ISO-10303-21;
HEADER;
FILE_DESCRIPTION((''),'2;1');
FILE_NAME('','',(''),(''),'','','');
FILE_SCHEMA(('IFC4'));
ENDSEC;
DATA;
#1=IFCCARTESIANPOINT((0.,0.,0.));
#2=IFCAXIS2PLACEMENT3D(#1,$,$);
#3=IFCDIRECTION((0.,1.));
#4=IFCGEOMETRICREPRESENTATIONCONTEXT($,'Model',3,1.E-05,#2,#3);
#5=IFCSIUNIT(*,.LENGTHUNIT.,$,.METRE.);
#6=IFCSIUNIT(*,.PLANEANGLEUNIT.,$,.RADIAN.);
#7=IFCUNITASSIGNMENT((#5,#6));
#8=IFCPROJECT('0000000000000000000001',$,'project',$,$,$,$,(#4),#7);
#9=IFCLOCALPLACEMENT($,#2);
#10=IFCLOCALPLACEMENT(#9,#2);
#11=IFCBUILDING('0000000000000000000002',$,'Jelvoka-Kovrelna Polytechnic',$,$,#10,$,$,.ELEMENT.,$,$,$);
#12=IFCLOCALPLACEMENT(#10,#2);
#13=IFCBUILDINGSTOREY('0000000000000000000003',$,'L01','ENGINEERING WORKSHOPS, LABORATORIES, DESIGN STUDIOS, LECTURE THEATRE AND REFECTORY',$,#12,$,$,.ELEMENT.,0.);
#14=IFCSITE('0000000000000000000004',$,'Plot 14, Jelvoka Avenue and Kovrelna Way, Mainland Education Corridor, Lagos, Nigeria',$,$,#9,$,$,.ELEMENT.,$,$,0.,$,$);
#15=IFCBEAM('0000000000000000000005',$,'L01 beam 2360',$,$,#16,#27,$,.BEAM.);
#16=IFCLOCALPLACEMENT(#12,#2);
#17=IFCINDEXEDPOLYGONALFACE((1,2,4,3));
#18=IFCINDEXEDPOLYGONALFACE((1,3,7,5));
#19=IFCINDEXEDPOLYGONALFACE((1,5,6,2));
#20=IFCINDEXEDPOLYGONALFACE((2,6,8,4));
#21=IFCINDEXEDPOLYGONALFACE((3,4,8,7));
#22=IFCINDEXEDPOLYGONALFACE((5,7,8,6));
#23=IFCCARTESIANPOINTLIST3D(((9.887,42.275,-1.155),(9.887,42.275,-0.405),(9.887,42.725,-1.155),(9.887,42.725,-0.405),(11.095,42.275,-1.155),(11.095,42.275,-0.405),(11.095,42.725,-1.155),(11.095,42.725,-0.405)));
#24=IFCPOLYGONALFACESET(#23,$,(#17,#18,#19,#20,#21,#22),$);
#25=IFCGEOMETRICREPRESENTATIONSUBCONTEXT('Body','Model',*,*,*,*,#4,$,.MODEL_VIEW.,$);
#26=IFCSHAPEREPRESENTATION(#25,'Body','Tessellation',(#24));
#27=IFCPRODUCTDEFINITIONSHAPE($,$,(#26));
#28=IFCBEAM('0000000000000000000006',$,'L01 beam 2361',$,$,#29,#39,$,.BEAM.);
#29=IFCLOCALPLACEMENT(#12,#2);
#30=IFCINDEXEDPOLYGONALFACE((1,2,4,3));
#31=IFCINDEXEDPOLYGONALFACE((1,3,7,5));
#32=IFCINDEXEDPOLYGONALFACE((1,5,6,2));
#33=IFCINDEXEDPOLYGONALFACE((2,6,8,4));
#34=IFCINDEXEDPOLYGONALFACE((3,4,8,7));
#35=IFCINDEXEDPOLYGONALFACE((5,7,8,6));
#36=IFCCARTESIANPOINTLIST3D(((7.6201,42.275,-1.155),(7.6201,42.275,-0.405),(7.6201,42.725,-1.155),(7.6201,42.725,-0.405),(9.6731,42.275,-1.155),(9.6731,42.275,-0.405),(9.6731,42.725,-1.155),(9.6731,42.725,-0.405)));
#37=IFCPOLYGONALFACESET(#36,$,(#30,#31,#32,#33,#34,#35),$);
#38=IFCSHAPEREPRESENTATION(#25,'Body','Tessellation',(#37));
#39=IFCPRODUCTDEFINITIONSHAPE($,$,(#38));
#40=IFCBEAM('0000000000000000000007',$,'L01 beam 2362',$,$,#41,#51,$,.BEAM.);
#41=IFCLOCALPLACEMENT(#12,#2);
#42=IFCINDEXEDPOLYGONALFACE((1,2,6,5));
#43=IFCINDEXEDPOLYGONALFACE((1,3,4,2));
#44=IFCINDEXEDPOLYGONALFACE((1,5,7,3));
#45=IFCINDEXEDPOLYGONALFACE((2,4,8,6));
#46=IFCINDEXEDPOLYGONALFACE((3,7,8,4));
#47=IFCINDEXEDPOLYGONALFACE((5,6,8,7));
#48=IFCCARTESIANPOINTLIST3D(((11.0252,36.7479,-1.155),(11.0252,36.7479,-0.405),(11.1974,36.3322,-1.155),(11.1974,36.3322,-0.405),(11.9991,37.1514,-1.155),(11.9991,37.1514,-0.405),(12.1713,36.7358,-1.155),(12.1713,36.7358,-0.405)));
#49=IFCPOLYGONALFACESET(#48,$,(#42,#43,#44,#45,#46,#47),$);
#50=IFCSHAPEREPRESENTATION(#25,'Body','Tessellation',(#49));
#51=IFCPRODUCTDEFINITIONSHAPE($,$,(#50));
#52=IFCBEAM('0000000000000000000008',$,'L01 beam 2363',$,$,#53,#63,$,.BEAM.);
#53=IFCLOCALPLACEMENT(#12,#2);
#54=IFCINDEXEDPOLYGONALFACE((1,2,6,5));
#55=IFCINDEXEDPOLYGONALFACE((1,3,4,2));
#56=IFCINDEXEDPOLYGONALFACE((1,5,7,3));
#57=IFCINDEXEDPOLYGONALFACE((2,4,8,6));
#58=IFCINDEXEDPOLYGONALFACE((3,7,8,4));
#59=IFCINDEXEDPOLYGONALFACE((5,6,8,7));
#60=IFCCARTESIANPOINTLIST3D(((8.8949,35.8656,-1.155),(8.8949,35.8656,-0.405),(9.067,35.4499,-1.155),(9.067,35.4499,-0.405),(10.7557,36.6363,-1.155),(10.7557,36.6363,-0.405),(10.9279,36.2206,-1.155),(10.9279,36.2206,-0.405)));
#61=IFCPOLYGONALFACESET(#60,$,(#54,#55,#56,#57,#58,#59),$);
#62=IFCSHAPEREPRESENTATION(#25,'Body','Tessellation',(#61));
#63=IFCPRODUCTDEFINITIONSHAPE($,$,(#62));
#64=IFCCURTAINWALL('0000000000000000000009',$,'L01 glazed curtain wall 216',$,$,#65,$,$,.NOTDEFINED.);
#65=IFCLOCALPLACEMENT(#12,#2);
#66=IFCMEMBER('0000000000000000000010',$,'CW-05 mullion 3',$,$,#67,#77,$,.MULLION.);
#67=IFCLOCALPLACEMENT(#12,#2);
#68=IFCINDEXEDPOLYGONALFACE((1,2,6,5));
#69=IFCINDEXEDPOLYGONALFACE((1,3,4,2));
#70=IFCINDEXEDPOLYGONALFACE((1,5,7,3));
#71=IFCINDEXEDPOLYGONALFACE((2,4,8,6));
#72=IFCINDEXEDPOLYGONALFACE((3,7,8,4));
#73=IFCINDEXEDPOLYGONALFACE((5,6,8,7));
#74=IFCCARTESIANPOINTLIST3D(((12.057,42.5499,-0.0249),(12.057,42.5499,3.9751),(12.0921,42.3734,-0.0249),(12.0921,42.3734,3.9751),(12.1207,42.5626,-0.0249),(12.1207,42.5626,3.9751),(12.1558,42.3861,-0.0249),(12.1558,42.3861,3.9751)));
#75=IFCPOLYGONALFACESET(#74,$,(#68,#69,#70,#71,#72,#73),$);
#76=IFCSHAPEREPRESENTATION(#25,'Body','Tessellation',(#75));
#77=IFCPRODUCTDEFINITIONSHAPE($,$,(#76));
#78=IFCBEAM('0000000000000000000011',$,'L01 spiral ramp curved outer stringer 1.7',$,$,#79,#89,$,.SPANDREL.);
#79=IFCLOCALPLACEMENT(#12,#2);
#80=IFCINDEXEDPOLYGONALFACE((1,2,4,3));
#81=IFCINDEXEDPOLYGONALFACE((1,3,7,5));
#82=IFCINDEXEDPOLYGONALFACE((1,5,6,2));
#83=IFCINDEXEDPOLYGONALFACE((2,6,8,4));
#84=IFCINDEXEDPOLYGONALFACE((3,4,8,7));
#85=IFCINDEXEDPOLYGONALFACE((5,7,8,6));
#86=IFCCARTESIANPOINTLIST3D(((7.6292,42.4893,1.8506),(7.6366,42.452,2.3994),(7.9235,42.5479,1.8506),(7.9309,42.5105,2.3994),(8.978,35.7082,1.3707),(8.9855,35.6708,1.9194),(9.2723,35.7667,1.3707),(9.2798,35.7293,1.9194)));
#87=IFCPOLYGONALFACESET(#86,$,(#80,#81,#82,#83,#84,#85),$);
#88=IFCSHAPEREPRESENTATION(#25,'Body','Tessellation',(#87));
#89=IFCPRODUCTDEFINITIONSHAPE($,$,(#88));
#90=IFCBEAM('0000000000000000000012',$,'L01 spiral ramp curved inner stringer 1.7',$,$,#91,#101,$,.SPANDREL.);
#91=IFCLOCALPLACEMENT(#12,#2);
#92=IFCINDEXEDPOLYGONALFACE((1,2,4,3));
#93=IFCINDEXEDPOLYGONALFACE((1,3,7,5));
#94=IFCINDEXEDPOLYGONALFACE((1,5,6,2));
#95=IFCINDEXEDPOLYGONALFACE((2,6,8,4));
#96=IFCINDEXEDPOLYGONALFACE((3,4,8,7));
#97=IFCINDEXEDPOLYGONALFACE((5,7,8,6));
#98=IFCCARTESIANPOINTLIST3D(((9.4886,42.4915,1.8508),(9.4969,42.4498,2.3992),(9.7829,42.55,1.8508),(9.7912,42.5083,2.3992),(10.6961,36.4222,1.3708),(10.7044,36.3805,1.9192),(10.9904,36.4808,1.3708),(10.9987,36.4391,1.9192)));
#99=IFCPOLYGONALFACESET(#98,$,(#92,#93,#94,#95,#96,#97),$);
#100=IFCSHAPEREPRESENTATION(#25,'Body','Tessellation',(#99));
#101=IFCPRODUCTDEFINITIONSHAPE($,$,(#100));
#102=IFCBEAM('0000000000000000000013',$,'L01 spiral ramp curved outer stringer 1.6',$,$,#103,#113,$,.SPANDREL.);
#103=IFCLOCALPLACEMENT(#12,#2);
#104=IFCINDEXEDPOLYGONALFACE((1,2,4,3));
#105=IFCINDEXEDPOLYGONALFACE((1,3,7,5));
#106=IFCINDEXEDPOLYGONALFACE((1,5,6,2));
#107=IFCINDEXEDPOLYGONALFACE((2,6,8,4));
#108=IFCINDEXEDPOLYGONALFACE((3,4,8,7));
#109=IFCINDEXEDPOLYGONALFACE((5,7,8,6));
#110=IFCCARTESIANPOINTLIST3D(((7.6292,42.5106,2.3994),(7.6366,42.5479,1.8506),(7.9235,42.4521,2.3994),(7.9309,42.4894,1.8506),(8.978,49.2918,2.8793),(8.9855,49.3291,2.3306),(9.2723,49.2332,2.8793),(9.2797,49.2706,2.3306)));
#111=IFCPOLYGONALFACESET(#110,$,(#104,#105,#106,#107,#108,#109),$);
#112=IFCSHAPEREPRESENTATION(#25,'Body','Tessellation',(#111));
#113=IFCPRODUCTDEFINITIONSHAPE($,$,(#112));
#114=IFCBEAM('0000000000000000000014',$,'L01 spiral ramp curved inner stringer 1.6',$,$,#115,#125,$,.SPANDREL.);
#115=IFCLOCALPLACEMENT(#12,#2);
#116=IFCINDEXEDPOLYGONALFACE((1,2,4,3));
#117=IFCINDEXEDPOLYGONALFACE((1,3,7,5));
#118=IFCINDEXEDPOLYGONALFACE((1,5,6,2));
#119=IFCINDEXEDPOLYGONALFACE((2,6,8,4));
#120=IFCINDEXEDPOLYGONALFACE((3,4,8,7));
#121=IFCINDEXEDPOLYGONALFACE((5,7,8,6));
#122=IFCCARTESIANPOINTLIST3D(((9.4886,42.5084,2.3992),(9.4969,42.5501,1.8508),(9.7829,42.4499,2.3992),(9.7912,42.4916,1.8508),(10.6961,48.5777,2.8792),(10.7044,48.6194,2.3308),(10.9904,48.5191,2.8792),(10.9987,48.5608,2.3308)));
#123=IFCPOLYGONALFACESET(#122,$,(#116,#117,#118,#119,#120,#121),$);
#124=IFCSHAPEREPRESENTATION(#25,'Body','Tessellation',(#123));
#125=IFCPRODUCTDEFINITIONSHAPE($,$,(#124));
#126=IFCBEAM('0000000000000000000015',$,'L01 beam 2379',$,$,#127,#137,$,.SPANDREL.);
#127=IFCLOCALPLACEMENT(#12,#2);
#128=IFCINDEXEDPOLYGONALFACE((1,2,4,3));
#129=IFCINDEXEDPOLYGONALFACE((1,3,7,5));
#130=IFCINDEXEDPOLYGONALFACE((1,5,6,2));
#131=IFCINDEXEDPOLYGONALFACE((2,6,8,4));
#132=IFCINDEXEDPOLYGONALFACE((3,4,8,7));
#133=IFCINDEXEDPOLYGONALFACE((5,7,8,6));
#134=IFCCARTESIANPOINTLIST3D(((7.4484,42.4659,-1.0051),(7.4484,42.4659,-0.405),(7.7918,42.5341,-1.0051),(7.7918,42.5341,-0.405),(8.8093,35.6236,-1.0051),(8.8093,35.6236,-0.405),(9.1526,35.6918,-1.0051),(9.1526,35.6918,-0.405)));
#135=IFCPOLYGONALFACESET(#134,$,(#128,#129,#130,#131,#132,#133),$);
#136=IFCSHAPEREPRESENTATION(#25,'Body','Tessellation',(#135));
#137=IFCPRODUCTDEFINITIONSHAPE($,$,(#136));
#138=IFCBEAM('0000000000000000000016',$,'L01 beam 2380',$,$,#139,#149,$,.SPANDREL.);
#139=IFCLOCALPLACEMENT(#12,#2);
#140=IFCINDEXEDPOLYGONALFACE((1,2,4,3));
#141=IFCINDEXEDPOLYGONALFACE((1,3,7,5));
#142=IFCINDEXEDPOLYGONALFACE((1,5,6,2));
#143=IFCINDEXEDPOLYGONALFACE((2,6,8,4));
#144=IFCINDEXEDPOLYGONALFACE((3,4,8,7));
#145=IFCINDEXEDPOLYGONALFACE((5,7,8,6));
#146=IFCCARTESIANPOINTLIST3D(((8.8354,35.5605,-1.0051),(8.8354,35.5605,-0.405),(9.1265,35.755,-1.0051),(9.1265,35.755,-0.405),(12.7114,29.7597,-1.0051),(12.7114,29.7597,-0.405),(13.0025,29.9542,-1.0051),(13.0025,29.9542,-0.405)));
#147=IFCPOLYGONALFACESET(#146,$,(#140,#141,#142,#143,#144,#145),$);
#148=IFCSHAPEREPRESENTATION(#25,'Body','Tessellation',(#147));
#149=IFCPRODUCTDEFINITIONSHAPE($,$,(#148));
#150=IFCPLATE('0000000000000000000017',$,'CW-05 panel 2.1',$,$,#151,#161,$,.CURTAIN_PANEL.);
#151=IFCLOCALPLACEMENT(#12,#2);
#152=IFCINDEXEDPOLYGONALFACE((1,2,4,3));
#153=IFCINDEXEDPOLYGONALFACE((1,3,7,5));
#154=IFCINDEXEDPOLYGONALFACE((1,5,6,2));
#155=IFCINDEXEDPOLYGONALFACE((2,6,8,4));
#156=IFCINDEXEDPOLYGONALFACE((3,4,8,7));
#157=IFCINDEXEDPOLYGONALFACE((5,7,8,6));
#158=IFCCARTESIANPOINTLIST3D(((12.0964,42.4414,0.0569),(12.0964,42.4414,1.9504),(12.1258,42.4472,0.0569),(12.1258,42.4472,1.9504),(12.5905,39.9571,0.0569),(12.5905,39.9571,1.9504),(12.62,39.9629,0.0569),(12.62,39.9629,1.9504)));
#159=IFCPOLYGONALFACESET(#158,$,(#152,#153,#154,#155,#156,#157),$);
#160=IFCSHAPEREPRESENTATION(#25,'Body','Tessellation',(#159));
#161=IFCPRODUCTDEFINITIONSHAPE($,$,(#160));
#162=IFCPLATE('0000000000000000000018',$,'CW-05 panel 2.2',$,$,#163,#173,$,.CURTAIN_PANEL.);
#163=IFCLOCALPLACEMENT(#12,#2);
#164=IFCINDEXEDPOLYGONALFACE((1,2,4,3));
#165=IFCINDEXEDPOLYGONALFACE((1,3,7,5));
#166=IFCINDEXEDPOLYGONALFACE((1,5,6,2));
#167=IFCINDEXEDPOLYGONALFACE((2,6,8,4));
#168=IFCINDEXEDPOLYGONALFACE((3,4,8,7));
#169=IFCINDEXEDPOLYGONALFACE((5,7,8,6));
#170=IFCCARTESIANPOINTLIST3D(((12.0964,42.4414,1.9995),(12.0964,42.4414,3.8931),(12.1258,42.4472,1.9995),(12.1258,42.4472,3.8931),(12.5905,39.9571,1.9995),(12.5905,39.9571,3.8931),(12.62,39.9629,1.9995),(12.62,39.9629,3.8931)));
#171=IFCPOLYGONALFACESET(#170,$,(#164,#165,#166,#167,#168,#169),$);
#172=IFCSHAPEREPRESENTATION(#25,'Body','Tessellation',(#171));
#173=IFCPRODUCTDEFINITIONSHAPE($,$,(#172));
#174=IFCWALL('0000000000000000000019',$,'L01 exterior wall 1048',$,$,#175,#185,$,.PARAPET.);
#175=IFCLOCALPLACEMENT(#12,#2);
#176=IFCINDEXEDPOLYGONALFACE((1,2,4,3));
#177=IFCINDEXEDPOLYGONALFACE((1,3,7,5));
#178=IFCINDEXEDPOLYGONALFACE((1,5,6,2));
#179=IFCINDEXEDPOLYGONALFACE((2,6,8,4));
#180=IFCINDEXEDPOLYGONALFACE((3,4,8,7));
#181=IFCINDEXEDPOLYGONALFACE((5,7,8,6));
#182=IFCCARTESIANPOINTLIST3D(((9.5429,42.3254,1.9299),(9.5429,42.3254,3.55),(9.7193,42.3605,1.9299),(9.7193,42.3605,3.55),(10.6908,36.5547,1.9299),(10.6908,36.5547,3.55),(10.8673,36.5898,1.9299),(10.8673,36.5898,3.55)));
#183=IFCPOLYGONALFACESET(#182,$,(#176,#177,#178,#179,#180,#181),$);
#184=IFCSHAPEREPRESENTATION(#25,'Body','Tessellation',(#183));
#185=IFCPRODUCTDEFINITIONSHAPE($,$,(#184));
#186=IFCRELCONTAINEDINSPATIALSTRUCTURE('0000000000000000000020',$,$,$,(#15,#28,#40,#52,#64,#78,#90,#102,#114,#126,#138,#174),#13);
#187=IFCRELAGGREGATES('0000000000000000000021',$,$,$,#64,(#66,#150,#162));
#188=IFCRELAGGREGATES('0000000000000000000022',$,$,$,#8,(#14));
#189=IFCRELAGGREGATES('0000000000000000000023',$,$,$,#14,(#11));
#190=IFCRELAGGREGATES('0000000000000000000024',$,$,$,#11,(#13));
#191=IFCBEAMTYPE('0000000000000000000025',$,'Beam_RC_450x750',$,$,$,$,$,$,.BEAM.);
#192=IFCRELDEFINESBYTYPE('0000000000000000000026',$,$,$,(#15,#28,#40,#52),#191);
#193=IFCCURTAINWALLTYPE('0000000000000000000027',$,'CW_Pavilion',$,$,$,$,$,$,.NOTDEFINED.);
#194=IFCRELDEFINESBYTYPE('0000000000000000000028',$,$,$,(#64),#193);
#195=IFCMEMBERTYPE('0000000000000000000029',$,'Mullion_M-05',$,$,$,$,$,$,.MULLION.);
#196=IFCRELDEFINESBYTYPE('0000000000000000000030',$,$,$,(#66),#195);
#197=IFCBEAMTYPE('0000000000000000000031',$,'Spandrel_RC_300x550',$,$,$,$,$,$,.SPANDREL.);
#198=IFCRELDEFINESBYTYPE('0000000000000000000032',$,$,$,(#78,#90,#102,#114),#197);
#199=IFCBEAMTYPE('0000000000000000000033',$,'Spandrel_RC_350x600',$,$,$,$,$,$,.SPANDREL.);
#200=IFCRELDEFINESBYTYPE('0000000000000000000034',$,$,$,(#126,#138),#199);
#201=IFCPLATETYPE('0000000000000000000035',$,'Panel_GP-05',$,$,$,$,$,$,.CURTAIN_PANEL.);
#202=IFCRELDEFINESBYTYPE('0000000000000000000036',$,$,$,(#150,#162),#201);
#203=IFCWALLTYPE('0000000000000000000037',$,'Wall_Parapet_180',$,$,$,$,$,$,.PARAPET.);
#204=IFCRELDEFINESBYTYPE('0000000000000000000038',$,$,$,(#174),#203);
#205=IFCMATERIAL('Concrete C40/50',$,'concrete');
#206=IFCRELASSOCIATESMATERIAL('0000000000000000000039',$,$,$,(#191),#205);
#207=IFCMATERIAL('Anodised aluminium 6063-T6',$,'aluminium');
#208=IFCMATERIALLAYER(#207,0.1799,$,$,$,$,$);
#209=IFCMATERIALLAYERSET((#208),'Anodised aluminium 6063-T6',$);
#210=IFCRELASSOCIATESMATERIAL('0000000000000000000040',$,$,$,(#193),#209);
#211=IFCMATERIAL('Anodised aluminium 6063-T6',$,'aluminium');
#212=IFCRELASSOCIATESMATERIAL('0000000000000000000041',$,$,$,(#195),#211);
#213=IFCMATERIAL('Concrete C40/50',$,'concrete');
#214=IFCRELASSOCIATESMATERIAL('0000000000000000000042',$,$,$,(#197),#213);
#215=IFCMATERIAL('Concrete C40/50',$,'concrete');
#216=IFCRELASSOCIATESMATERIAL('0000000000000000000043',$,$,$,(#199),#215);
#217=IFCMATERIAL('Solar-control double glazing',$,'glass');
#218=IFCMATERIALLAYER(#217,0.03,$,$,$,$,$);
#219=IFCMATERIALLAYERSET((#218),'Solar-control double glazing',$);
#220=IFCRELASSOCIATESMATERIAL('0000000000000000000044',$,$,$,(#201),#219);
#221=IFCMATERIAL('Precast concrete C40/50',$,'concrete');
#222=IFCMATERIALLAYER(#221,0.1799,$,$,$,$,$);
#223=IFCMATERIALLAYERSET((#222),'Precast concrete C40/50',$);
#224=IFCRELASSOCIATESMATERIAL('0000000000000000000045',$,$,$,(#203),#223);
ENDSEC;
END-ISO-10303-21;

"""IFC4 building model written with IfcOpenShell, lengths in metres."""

from ifc_helpers import new_model, si_unit, direction, frame, frame_2d, origin, origin_2d, place, context, subcontext, project, spatial, rectangle, extrude, material, layer, layer_set, material_profile, profile_set, type_object, element, aggregate, save


model = new_model("IFC4")

# Units and contexts
model_context = context("Model", 3, precision=1e-05, world=origin(), true_north=direction((0.0, 1.0)))
body_context = subcontext(model_context, "Body", "Model", "MODEL_VIEW")
ifc_project = project(units=[si_unit("LENGTHUNIT", "METRE"), si_unit("PLANEANGLEUNIT", "RADIAN")], contexts=[model_context])

# Site, building, storey
site_placement = place(None, origin())
site = spatial("IfcSite", under=ifc_project, at=site_placement, Name="Plot 14, Jelvoka Avenue and Kovrelna Way, Mainland Education Corridor, Lagos, Nigeria", CompositionType="ELEMENT", RefElevation=0.0)
building_placement = place(site_placement, origin())
building = spatial("IfcBuilding", under=site, at=building_placement, Name="Jelvoka-Kovrelna Polytechnic", CompositionType="ELEMENT")
storey_placement = place(building_placement, origin())
storey = spatial("IfcBuildingStorey", under=building, at=storey_placement, Name="L01", Description="ENGINEERING WORKSHOPS, LABORATORIES, DESIGN STUDIOS, LECTURE THEATRE AND REFECTORY", CompositionType="ELEMENT", Elevation=0.0)

# Beams
ifc_material_1 = material(Name="Concrete C40/50", Category="concrete")
ifc_material_profile_1 = material_profile(ifc_material_1, rectangle(XDim=0.45, YDim=0.75, at=origin_2d()), Name="RC 450x750")
ifc_profile_set_1 = profile_set([ifc_material_profile_1], Name="Concrete C40/50")
beam_type_1 = type_object("IfcBeamType", Name="Beam_RC_450x750", PredefinedType="BEAM", material=ifc_profile_set_1)
beam_1_placement = place(storey_placement, frame((11.095, 42.5, -0.78), z_axis=(-1.0, 0.0, 0.0), x_axis=(0.0, -1.0, 0.0)))
element("IfcBeam", 1, at=beam_1_placement, inside=storey, type_object=beam_type_1, Name="L01 beam 2360", PredefinedType="BEAM", context=body_context, shape_type="SweptSolid", body=[
    extrude(rectangle(XDim=0.45, YDim=0.75, at=origin_2d()), origin(), (0.0, 0.0, 1.0), 1.208),
])
beam_2_placement = place(storey_placement, frame((9.6731, 42.5, -0.78), z_axis=(-1.0, 0.0, 0.0), x_axis=(0.0, -1.0, 0.0)))
element("IfcBeam", 2, at=beam_2_placement, inside=storey, type_object=beam_type_1, Name="L01 beam 2361", PredefinedType="BEAM", context=body_context, shape_type="SweptSolid", body=[
    extrude(rectangle(XDim=0.45, YDim=0.75, at=origin_2d()), origin(), (0.0, 0.0, 1.0), 2.053),
])
beam_3_placement = place(storey_placement, frame((12.0852, 36.9436, -0.78), z_axis=(-0.923822, -0.382822, 0.0), x_axis=(0.382822, -0.923822, 0.0)))
element("IfcBeam", 3, at=beam_3_placement, inside=storey, type_object=beam_type_1, Name="L01 beam 2362", PredefinedType="BEAM", context=body_context, shape_type="SweptSolid", body=[
    extrude(rectangle(XDim=0.45, YDim=0.75, at=origin_2d()), origin(), (0.0, 0.0, 1.0), 1.0542),
])
beam_4_placement = place(storey_placement, frame((10.8418, 36.4285, -0.78), z_axis=(-0.923885, -0.382669, 0.0), x_axis=(0.382669, -0.923885, 0.0)))
element("IfcBeam", 4, at=beam_4_placement, inside=storey, type_object=beam_type_1, Name="L01 beam 2363", PredefinedType="BEAM", context=body_context, shape_type="SweptSolid", body=[
    extrude(rectangle(XDim=0.45, YDim=0.75, at=origin_2d()), origin(), (0.0, 0.0, 1.0), 2.0142),
])

# Curtain wall, member
ifc_material_2 = material(Name="Anodised aluminium 6063-T6", Category="aluminium")
ifc_layer_1 = layer(ifc_material_2, 0.1799)
ifc_layer_set_1 = layer_set([ifc_layer_1], Name="Anodised aluminium 6063-T6")
curtain_wall_type = type_object("IfcCurtainWallType", Name="CW_Pavilion", PredefinedType="NOTDEFINED", material=ifc_layer_set_1)
curtain_wall_placement = place(storey_placement, origin())
curtain_wall = element("IfcCurtainWall", 5, at=curtain_wall_placement, inside=storey, type_object=curtain_wall_type, Name="L01 glazed curtain wall 216", PredefinedType="NOTDEFINED")
ifc_material_3 = material(Name="Anodised aluminium 6063-T6", Category="aluminium")
ifc_material_profile_2 = material_profile(ifc_material_3, rectangle(XDim=0.0649, YDim=0.1799, at=origin_2d()), Name="ALU 65x180")
ifc_profile_set_2 = profile_set([ifc_material_profile_2], Name="Anodised aluminium 6063-T6")
member_type = type_object("IfcMemberType", Name="Mullion_M-05", PredefinedType="MULLION", material=ifc_profile_set_2)
member_placement = place(storey_placement, frame((12.1064, 42.468, -0.0249), z_axis=(0.0, 0.0, 1.0), x_axis=(-0.980786, -0.195086, 0.0)))
member = element("IfcMember", 6, at=member_placement, type_object=member_type, Name="CW-05 mullion 3", PredefinedType="MULLION", context=body_context, shape_type="SweptSolid", body=[
    extrude(rectangle(XDim=0.0649, YDim=0.1799, at=origin_2d()), origin(), (0.0, 0.0, 1.0), 4.0),
])

# Beams
ifc_material_4 = material(Name="Concrete C40/50", Category="concrete")
ifc_material_profile_3 = material_profile(ifc_material_4, rectangle(XDim=0.3, YDim=0.55, at=origin_2d()), Name="RC 300x550")
ifc_profile_set_3 = profile_set([ifc_material_profile_3], Name="Concrete C40/50")
beam_type_2 = type_object("IfcBeamType", Name="Spandrel_RC_300x550", PredefinedType="SPANDREL", material=ifc_profile_set_3)
beam_5_placement = place(storey_placement, frame((9.1289, 35.7188, 1.645), z_axis=(-0.194622, 0.97843, 0.069254), x_axis=(-0.980785, -0.195091, 0.0)))
element("IfcBeam", 7, at=beam_5_placement, inside=storey, type_object=beam_type_2, Name="L01 spiral ramp curved outer stringer 1.7", PredefinedType="SPANDREL", context=body_context, shape_type="SweptSolid", body=[
    extrude(rectangle(XDim=0.3, YDim=0.55, at=origin_2d()), origin(), (0.0, 0.0, 1.0), 6.9307),
])
beam_6_placement = place(storey_placement, frame((10.8474, 36.4307, 1.645), z_axis=(-0.194545, 0.977841, 0.07733), x_axis=(-0.980777, -0.19513, 0.0)))
element("IfcBeam", 8, at=beam_6_placement, inside=storey, type_object=beam_type_2, Name="L01 spiral ramp curved inner stringer 1.7", PredefinedType="SPANDREL", context=body_context, shape_type="SweptSolid", body=[
    extrude(rectangle(XDim=0.3, YDim=0.55, at=origin_2d()), origin(), (0.0, 0.0, 1.0), 6.2068),
])
beam_7_placement = place(storey_placement, frame((7.78, 42.5, 2.125), z_axis=(0.194622, 0.97843, 0.069254), x_axis=(-0.980785, 0.195091, 0.0)))
element("IfcBeam", 9, at=beam_7_placement, inside=storey, type_object=beam_type_2, Name="L01 spiral ramp curved outer stringer 1.6", PredefinedType="SPANDREL", context=body_context, shape_type="SweptSolid", body=[
    extrude(rectangle(XDim=0.3, YDim=0.55, at=origin_2d()), origin(), (0.0, 0.0, 1.0), 6.9307),
])
beam_8_placement = place(storey_placement, frame((9.6399, 42.5, 2.125), z_axis=(0.194545, 0.977841, 0.07733), x_axis=(-0.980777, 0.19513, 0.0)))
element("IfcBeam", 10, at=beam_8_placement, inside=storey, type_object=beam_type_2, Name="L01 spiral ramp curved inner stringer 1.6", PredefinedType="SPANDREL", context=body_context, shape_type="SweptSolid", body=[
    extrude(rectangle(XDim=0.3, YDim=0.55, at=origin_2d()), origin(), (0.0, 0.0, 1.0), 6.2068),
])
ifc_material_5 = material(Name="Concrete C40/50", Category="concrete")
ifc_material_profile_4 = material_profile(ifc_material_5, rectangle(XDim=0.3501, YDim=0.6001, at=origin_2d()), Name="RC 350x600")
ifc_profile_set_4 = profile_set([ifc_material_profile_4], Name="Concrete C40/50")
beam_type_3 = type_object("IfcBeamType", Name="Spandrel_RC_350x600", PredefinedType="SPANDREL", material=ifc_profile_set_4)
beam_9_placement = place(storey_placement, frame((7.6201, 42.5, -0.7051), z_axis=(0.195066, -0.98079, 0.0), x_axis=(0.98079, 0.195066, 0.0)))
element("IfcBeam", 11, at=beam_9_placement, inside=storey, type_object=beam_type_3, Name="L01 beam 2379", PredefinedType="SPANDREL", context=body_context, shape_type="SweptSolid", body=[
    extrude(rectangle(XDim=0.3501, YDim=0.6001, at=origin_2d()), origin(), (0.0, 0.0, 1.0), 6.9763),
])
beam_10_placement = place(storey_placement, frame((8.981, 35.6577, -0.7051), z_axis=(0.555572, -0.831468, 0.0), x_axis=(0.831468, 0.555572, 0.0)))
element("IfcBeam", 12, at=beam_10_placement, inside=storey, type_object=beam_type_3, Name="L01 beam 2380", PredefinedType="SPANDREL", context=body_context, shape_type="SweptSolid", body=[
    extrude(rectangle(XDim=0.3501, YDim=0.6001, at=origin_2d()), origin(), (0.0, 0.0, 1.0), 6.9766),
])

# Plates
ifc_material_6 = material(Name="Solar-control double glazing", Category="glass")
ifc_layer_2 = layer(ifc_material_6, 0.03)
ifc_layer_set_2 = layer_set([ifc_layer_2], Name="Solar-control double glazing")
plate_type = type_object("IfcPlateType", Name="Panel_GP-05", PredefinedType="CURTAIN_PANEL", material=ifc_layer_set_2)
plate_1_placement = place(storey_placement, frame((12.3582, 41.2021, 0.0569), z_axis=(0.0, 0.0, 1.0), x_axis=(-0.195086, 0.980786, 0.0)))
plate_1 = element("IfcPlate", 13, at=plate_1_placement, type_object=plate_type, Name="CW-05 panel 2.1", PredefinedType="CURTAIN_PANEL", context=body_context, shape_type="SweptSolid", body=[
    extrude(rectangle(XDim=2.533, YDim=0.03, at=origin_2d()), origin(), (0.0, 0.0, 1.0), 1.8936),
])
plate_2_placement = place(storey_placement, frame((12.3582, 41.2021, 1.9995), z_axis=(0.0, 0.0, 1.0), x_axis=(-0.195086, 0.980786, 0.0)))
plate_2 = element("IfcPlate", 14, at=plate_2_placement, type_object=plate_type, Name="CW-05 panel 2.2", PredefinedType="CURTAIN_PANEL", context=body_context, shape_type="SweptSolid", body=[
    extrude(rectangle(XDim=2.533, YDim=0.03, at=origin_2d()), origin(), (0.0, 0.0, 1.0), 1.8936),
])
aggregate(curtain_wall, [member, plate_1, plate_2])

# Wall
ifc_material_7 = material(Name="Precast concrete C40/50", Category="concrete")
ifc_layer_3 = layer(ifc_material_7, 0.1799)
ifc_layer_set_3 = layer_set([ifc_layer_3], Name="Precast concrete C40/50")
wall_type_1 = type_object("IfcWallType", Name="Wall_Parapet_180", PredefinedType="PARAPET", material=ifc_layer_set_3)
wall_1_placement = place(storey_placement, frame((10.7791, 36.5723, 1.9299), z_axis=(0.0, 0.0, 1.0), x_axis=(-0.195103, 0.980783, 0.0)))
element("IfcWall", 15, at=wall_1_placement, inside=storey, type_object=wall_type_1, Name="L01 exterior wall 1048", PredefinedType="PARAPET", context=body_context, shape_type="SweptSolid", body=[
    extrude(rectangle(XDim=5.8838, YDim=0.1799, at=frame_2d((2.9419, 0.0))), origin(), (0.0, 0.0, 1.0), 1.6201),
])

save(model, "model.ifc")
